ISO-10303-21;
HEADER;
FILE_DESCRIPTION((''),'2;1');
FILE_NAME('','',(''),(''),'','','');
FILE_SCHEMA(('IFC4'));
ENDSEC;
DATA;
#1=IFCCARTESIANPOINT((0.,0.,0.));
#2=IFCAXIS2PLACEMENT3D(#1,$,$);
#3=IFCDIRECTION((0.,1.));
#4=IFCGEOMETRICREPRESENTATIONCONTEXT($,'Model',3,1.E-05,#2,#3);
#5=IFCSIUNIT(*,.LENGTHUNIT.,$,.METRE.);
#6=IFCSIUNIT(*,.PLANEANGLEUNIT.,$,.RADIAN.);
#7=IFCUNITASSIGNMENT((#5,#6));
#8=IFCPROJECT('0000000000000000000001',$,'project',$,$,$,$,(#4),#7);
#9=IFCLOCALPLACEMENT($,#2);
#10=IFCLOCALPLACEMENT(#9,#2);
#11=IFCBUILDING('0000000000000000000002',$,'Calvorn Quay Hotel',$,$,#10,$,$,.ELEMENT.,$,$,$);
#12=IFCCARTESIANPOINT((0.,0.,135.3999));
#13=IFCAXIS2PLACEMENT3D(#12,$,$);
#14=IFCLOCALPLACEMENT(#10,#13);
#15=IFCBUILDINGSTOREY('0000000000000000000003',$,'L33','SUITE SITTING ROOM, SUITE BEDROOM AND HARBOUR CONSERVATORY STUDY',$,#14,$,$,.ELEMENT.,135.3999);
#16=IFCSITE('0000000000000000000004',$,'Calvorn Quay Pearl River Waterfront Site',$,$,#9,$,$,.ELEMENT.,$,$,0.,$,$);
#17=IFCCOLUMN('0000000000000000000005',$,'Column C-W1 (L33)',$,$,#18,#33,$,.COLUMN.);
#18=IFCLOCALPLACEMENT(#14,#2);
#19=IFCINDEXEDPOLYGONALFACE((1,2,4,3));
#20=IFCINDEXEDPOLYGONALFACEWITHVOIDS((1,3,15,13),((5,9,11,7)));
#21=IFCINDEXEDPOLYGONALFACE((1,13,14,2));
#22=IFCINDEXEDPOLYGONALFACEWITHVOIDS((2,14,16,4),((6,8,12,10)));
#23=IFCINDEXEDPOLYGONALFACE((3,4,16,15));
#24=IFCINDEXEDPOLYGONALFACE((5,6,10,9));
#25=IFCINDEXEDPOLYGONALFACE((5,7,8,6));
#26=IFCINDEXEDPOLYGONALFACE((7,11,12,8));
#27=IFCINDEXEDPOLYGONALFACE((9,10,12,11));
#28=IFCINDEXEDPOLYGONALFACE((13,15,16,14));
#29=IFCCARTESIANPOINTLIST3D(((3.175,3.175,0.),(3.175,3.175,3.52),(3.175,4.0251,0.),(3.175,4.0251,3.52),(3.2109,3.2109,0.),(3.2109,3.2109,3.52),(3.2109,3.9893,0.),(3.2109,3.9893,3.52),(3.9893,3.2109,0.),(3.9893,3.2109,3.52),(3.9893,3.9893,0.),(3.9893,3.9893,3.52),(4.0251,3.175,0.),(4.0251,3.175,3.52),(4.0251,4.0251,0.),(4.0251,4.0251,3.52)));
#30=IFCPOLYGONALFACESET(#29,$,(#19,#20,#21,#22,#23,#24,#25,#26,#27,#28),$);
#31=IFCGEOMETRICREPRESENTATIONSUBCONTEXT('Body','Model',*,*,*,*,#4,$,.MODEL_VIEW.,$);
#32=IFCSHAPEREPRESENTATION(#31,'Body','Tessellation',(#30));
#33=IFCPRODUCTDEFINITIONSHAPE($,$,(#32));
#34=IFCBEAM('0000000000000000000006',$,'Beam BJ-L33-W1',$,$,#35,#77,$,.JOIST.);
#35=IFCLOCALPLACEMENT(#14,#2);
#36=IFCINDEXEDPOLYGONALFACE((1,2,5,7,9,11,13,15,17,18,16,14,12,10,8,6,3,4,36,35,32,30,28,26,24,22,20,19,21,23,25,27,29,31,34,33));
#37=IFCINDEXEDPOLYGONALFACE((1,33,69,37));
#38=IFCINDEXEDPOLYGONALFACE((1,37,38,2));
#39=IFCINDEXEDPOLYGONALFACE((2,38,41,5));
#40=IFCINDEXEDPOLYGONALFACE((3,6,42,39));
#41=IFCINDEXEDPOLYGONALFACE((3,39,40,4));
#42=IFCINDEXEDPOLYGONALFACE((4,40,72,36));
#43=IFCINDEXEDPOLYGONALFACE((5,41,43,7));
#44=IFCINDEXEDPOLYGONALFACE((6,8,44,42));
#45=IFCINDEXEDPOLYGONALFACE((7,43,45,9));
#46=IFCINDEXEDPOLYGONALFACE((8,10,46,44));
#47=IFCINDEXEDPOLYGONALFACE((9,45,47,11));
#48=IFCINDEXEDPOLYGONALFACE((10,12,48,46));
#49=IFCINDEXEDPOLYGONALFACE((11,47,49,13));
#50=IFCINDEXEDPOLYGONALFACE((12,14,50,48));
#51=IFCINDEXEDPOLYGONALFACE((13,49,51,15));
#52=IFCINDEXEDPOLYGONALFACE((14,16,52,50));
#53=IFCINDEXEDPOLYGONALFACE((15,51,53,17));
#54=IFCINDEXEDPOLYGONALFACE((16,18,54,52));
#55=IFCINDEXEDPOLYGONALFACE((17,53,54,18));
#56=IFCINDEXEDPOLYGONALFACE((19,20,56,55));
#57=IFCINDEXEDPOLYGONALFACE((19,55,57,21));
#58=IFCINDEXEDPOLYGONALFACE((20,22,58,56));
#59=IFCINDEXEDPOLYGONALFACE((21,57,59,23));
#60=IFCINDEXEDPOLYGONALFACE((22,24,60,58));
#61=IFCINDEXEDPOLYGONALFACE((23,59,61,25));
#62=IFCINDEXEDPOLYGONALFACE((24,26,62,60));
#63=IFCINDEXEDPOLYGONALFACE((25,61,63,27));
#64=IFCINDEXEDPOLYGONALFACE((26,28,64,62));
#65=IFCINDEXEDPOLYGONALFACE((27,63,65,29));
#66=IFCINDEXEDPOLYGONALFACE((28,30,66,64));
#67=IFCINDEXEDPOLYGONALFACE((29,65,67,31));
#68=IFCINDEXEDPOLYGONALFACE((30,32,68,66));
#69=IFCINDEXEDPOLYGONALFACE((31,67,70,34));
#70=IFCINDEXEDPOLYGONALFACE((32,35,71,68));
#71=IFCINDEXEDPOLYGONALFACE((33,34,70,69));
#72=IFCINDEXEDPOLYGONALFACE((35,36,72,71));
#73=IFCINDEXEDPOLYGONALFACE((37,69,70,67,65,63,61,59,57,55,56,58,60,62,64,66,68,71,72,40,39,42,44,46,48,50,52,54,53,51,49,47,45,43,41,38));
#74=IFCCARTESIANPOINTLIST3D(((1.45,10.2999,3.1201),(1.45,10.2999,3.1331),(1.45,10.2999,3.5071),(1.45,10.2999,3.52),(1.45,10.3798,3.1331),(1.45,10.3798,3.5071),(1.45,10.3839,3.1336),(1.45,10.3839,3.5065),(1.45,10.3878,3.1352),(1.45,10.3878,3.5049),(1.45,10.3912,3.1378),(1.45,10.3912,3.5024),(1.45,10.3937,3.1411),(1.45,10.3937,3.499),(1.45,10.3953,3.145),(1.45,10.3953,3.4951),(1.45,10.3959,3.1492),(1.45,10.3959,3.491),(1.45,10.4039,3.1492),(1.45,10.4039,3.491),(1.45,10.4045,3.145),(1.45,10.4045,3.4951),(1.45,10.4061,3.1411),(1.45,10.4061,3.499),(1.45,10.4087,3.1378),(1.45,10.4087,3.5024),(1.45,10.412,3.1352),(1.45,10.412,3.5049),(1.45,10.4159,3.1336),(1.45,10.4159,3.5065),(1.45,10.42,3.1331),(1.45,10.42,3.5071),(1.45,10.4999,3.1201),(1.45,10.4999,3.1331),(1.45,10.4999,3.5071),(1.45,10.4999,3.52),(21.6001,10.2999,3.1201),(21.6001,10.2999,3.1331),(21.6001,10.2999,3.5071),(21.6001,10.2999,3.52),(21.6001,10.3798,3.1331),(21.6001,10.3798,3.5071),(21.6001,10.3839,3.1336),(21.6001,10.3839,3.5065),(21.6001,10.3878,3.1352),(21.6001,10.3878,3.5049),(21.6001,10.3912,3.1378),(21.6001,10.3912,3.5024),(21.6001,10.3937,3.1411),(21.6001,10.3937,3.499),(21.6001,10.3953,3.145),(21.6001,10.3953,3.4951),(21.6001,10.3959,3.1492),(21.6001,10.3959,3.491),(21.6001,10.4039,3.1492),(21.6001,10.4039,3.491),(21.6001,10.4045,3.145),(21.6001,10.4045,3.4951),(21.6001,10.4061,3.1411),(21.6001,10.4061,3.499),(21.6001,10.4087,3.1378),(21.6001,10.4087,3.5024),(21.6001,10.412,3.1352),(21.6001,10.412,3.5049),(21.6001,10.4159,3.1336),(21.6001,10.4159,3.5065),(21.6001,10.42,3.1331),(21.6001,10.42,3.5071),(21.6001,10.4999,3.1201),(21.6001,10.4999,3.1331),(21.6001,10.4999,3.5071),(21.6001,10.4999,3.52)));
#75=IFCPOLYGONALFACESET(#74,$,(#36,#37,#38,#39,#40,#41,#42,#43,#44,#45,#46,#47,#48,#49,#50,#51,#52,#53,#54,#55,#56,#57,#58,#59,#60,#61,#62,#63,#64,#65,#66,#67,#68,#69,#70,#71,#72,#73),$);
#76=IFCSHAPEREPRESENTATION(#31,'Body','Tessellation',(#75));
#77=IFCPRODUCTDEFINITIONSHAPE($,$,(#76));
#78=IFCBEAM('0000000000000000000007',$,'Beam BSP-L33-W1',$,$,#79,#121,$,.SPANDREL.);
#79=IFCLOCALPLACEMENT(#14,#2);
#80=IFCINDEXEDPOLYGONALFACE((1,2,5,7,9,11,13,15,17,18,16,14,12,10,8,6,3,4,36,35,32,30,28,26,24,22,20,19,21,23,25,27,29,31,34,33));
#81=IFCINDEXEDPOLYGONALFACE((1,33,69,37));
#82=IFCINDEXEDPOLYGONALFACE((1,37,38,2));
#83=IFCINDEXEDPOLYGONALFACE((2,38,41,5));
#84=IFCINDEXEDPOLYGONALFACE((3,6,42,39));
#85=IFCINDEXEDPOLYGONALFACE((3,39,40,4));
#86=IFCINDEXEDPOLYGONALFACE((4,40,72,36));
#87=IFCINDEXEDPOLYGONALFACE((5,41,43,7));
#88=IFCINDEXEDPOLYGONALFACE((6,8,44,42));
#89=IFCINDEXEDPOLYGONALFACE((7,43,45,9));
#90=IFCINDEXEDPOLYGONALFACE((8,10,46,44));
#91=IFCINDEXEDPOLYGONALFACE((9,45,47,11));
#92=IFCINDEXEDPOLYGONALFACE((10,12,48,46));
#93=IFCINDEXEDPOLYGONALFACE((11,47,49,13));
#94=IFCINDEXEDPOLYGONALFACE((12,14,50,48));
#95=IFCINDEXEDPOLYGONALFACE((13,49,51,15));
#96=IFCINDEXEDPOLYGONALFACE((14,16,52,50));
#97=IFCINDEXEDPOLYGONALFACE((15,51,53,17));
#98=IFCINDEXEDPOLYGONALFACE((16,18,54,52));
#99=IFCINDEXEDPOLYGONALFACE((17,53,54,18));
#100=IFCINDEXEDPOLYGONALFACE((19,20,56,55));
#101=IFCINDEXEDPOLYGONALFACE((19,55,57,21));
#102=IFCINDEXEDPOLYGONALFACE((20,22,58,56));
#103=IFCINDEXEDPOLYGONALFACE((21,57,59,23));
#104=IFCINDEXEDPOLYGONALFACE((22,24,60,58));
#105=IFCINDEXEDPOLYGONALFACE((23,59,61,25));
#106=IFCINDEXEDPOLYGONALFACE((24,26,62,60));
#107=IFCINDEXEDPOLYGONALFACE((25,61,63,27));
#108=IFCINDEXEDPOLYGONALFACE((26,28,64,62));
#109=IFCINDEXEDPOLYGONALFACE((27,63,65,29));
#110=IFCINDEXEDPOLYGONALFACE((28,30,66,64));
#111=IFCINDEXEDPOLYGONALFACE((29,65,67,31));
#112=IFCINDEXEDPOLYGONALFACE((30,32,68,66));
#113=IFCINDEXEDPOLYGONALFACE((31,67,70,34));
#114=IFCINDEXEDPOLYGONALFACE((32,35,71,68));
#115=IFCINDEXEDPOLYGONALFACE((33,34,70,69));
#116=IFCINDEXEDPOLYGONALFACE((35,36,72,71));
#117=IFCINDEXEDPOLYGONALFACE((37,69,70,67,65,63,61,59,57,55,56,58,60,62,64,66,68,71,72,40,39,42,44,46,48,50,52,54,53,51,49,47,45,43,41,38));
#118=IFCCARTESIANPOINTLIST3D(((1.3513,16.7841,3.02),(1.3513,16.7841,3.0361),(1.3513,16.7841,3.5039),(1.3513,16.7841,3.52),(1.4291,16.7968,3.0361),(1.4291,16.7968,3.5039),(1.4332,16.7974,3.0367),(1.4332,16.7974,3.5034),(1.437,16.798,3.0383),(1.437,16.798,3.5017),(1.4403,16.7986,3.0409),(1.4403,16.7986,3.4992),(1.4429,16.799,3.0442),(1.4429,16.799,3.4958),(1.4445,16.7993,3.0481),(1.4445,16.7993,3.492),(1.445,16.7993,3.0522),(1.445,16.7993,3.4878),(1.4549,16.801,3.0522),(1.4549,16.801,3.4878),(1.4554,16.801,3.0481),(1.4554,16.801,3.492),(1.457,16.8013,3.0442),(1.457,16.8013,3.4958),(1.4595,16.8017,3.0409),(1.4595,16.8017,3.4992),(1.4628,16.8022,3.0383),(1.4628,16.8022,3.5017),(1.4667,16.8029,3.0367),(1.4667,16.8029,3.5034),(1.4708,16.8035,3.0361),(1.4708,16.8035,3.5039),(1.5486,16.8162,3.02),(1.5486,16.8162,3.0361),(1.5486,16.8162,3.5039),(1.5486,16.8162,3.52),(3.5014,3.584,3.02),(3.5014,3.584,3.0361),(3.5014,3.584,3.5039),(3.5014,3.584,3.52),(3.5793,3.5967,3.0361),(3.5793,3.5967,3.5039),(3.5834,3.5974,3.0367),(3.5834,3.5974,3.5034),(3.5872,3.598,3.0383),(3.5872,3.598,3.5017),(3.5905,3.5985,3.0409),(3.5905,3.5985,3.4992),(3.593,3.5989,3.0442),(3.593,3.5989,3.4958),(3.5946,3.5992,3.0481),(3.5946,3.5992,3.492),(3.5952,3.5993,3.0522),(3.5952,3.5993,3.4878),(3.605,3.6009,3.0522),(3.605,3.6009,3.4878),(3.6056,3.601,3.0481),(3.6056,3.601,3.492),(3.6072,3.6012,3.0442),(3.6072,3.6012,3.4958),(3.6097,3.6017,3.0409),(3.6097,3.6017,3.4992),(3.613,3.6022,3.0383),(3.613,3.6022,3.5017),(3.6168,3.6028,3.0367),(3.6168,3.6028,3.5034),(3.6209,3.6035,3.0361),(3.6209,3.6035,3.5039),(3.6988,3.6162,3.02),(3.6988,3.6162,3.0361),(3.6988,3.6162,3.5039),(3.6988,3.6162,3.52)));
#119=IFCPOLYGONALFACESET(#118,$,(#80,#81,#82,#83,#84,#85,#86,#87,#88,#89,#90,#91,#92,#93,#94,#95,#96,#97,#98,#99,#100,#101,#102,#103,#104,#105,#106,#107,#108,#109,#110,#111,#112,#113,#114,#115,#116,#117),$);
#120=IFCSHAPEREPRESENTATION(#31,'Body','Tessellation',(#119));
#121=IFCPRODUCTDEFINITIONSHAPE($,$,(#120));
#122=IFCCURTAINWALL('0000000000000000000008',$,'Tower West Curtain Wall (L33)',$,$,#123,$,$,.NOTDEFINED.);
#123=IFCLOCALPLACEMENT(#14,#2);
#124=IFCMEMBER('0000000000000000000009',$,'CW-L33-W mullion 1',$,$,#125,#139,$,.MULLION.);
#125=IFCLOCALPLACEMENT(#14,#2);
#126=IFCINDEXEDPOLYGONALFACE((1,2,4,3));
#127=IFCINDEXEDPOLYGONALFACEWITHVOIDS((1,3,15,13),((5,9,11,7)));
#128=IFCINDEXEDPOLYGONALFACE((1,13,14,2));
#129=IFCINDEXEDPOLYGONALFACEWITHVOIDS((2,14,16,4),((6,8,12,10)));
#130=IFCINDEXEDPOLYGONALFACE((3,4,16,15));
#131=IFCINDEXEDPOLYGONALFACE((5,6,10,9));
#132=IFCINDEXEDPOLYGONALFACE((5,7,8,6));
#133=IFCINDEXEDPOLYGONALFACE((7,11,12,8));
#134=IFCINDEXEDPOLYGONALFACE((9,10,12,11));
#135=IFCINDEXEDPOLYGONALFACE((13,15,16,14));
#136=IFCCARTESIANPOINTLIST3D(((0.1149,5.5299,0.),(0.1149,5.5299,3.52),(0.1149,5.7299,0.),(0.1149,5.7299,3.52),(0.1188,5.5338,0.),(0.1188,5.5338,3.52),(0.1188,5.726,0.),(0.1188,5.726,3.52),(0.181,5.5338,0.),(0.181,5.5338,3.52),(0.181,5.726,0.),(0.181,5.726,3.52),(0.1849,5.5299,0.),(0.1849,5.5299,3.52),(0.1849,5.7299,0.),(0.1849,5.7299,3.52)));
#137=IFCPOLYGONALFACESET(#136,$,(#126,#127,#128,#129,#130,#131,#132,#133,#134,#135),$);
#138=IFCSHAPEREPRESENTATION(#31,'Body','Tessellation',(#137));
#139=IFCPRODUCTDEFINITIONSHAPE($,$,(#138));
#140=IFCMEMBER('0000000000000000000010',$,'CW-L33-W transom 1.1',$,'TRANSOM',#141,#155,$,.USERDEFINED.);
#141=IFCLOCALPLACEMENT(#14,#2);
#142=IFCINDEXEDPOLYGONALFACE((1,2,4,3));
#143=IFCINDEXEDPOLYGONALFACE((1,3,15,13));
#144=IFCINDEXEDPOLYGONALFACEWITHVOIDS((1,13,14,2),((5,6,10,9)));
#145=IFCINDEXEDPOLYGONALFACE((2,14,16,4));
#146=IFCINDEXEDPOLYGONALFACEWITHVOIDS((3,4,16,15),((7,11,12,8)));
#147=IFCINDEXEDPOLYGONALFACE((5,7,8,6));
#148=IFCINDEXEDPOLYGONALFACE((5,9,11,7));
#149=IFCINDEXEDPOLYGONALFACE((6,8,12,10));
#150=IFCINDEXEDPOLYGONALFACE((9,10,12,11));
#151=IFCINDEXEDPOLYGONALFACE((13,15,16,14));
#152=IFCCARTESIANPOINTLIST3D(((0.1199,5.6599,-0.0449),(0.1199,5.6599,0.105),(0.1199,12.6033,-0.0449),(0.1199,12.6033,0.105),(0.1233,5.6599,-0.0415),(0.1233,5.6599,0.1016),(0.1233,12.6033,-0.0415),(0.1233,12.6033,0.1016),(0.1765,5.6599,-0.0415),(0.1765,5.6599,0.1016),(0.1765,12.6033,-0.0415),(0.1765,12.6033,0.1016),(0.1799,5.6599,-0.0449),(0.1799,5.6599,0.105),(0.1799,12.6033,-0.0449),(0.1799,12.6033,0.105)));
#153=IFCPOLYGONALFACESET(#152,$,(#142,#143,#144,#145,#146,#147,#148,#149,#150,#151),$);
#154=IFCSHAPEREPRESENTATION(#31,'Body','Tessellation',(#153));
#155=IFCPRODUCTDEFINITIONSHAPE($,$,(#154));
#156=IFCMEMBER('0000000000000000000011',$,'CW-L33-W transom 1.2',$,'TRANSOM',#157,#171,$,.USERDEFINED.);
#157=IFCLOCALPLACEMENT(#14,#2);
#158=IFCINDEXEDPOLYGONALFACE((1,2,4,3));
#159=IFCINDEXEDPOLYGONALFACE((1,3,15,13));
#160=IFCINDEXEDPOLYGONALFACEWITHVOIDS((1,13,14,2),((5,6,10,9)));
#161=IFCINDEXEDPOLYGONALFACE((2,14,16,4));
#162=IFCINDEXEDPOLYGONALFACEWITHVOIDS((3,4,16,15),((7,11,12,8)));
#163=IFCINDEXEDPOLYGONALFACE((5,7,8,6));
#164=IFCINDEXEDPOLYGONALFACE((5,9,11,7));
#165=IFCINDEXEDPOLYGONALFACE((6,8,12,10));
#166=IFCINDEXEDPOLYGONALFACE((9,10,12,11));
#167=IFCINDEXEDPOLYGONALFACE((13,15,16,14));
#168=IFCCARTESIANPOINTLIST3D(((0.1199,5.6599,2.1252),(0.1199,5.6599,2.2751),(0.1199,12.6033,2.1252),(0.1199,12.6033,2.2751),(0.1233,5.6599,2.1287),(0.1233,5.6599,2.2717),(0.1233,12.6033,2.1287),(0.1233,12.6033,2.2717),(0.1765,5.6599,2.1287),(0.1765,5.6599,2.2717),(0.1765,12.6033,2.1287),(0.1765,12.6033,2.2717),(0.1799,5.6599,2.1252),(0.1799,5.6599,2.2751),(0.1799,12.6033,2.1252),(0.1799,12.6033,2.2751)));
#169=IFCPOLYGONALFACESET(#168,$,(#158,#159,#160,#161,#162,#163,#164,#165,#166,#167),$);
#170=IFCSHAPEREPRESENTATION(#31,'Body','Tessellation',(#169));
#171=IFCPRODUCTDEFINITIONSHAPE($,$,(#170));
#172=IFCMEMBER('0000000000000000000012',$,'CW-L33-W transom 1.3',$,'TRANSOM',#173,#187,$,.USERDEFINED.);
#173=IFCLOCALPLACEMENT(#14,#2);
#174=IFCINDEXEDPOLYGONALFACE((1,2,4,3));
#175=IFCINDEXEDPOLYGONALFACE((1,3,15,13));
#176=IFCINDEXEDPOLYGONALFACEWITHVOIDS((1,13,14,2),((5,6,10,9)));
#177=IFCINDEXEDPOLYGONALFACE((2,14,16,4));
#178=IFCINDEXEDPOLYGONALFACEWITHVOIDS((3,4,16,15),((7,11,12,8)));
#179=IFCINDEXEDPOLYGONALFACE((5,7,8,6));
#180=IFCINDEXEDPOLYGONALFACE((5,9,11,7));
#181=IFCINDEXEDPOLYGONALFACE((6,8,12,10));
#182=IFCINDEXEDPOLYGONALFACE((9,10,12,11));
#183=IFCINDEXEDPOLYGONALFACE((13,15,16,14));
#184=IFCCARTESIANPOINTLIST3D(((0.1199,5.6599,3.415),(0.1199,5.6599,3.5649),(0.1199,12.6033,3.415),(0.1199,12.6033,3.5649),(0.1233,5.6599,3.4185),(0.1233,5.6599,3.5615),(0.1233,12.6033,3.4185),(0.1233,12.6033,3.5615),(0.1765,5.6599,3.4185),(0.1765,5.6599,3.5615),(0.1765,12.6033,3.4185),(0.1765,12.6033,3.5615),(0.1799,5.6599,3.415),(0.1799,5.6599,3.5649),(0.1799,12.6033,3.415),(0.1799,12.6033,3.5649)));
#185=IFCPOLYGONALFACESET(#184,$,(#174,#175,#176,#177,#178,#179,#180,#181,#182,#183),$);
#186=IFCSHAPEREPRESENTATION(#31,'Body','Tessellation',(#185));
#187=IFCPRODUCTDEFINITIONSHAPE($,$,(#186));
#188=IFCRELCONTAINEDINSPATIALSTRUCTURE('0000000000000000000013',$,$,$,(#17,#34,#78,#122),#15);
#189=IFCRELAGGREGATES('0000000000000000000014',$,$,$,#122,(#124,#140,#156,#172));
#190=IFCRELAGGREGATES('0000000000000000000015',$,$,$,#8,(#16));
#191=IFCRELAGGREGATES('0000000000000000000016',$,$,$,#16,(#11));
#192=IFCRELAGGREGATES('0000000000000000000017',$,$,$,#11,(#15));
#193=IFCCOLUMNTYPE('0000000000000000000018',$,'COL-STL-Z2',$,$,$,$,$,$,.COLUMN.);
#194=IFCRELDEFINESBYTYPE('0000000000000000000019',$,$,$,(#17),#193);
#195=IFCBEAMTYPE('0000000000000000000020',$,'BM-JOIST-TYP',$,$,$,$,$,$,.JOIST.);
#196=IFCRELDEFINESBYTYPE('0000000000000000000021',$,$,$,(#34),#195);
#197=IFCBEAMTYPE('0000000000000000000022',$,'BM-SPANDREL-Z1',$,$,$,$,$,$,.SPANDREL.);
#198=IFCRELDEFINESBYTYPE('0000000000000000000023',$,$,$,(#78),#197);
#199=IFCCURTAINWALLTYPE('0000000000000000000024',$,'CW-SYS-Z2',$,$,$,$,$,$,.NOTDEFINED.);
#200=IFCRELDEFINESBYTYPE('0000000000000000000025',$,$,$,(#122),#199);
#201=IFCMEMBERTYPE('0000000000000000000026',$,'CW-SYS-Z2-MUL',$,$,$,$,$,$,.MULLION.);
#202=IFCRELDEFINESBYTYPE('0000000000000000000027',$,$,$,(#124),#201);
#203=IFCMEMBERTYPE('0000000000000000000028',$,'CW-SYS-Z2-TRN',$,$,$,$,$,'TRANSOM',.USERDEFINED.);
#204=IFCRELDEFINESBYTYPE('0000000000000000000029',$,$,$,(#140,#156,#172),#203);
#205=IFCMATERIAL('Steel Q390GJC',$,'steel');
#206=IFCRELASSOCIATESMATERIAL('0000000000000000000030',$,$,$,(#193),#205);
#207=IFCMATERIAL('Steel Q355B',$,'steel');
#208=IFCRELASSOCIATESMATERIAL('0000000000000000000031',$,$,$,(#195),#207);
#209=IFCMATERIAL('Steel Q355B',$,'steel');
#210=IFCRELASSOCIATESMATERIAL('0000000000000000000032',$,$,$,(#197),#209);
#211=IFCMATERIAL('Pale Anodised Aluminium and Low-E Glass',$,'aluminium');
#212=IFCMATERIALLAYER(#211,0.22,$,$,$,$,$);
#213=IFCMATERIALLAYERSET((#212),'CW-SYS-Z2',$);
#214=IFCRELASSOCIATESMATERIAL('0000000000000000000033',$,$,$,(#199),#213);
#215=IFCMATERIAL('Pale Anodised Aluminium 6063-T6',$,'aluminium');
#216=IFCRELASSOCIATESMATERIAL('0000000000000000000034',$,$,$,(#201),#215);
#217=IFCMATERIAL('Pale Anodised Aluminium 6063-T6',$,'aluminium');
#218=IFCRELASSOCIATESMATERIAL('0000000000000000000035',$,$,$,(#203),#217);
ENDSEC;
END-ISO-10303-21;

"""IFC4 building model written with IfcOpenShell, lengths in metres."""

from ifc_helpers import new_model, si_unit, direction, frame, origin, origin_2d, place, context, subcontext, project, spatial, hollow_rectangle, i_section, extrude, material, layer, layer_set, material_profile, profile_set, type_object, element, aggregate, save


model = new_model("IFC4")

# Units and contexts
model_context = context("Model", 3, precision=1e-05, world=origin(), true_north=direction((0.0, 1.0)))
body_context = subcontext(model_context, "Body", "Model", "MODEL_VIEW")
ifc_project = project(units=[si_unit("LENGTHUNIT", "METRE"), si_unit("PLANEANGLEUNIT", "RADIAN")], contexts=[model_context])

# Site, building, storey
site_placement = place(None, origin())
site = spatial("IfcSite", under=ifc_project, at=site_placement, Name="Calvorn Quay Pearl River Waterfront Site", CompositionType="ELEMENT", RefElevation=0.0)
building_placement = place(site_placement, origin())
building = spatial("IfcBuilding", under=site, at=building_placement, Name="Calvorn Quay Hotel", CompositionType="ELEMENT")
storey_placement = place(building_placement, frame((0.0, 0.0, 135.3999)))
storey = spatial("IfcBuildingStorey", under=building, at=storey_placement, Name="L33", Description="SUITE SITTING ROOM, SUITE BEDROOM AND HARBOUR CONSERVATORY STUDY", CompositionType="ELEMENT", Elevation=135.3999)

# Column
ifc_material_1 = material(Name="Steel Q390GJC", Category="steel")
ifc_material_profile_1 = material_profile(ifc_material_1, hollow_rectangle(XDim=0.8501, YDim=0.8501, WallThickness=0.0359, at=origin_2d()), Name="BOX850x850x36")
ifc_profile_set_1 = profile_set([ifc_material_profile_1], Name="Steel Q390GJC")
column_type = type_object("IfcColumnType", Name="COL-STL-Z2", PredefinedType="COLUMN", material=ifc_profile_set_1)
column_placement = place(storey_placement, frame((3.6001, 3.6001, 0.0), z_axis=(0.0, 0.0, 1.0), x_axis=(1.0, 0.0, 0.0)))
element("IfcColumn", 1, at=column_placement, inside=storey, type_object=column_type, Name="Column C-W1 (L33)", PredefinedType="COLUMN", context=body_context, shape_type="SweptSolid", body=[
    extrude(hollow_rectangle(XDim=0.8501, YDim=0.8501, WallThickness=0.0359, at=origin_2d()), origin(), (0.0, 0.0, 1.0), 3.52),
])

# Beams
ifc_material_2 = material(Name="Steel Q355B", Category="steel")
ifc_material_profile_2 = material_profile(ifc_material_2, i_section(OverallWidth=0.2, OverallDepth=0.3999, WebThickness=0.0081, FlangeThickness=0.0129, FilletRadius=0.0161, at=origin_2d()), Name="HN400x200x8x13")
ifc_profile_set_2 = profile_set([ifc_material_profile_2], Name="Steel Q355B")
beam_type_1 = type_object("IfcBeamType", Name="BM-JOIST-TYP", PredefinedType="JOIST", material=ifc_profile_set_2)
beam_1_placement = place(storey_placement, frame((1.45, 10.3999, 3.3201), z_axis=(1.0, 0.0, 0.0), x_axis=(0.0, 1.0, 0.0)))
element("IfcBeam", 2, at=beam_1_placement, inside=storey, type_object=beam_type_1, Name="Beam BJ-L33-W1", PredefinedType="JOIST", context=body_context, shape_type="SweptSolid", body=[
    extrude(i_section(OverallWidth=0.2, OverallDepth=0.3999, WebThickness=0.0081, FlangeThickness=0.0129, FilletRadius=0.0161, at=origin_2d()), origin(), (0.0, 0.0, 1.0), 20.1501),
])
ifc_material_3 = material(Name="Steel Q355B", Category="steel")
ifc_material_profile_3 = material_profile(ifc_material_3, i_section(OverallWidth=0.2, OverallDepth=0.5, WebThickness=0.01, FlangeThickness=0.0161, FilletRadius=0.0161, at=origin_2d()), Name="HN500x200x10x16")
ifc_profile_set_3 = profile_set([ifc_material_profile_3], Name="Steel Q355B")
beam_type_2 = type_object("IfcBeamType", Name="BM-SPANDREL-Z1", PredefinedType="SPANDREL", material=ifc_profile_set_3)
beam_2_placement = place(storey_placement, frame((3.6001, 3.6001, 3.27), z_axis=(-0.160772, 0.986992, 0.0), x_axis=(-0.986992, -0.160772, 0.0)))
element("IfcBeam", 3, at=beam_2_placement, inside=storey, type_object=beam_type_2, Name="Beam BSP-L33-W1", PredefinedType="SPANDREL", context=body_context, shape_type="SweptSolid", body=[
    extrude(i_section(OverallWidth=0.2, OverallDepth=0.5, WebThickness=0.01, FlangeThickness=0.0161, FilletRadius=0.0161, at=origin_2d()), origin(), (0.0, 0.0, 1.0), 13.374),
])

# Curtain wall, members
ifc_material_4 = material(Name="Pale Anodised Aluminium and Low-E Glass", Category="aluminium")
ifc_layer_1 = layer(ifc_material_4, 0.22)
ifc_layer_set_1 = layer_set([ifc_layer_1], Name="CW-SYS-Z2")
curtain_wall_type = type_object("IfcCurtainWallType", Name="CW-SYS-Z2", PredefinedType="NOTDEFINED", material=ifc_layer_set_1)
curtain_wall_placement = place(storey_placement, origin())
curtain_wall = element("IfcCurtainWall", 4, at=curtain_wall_placement, inside=storey, type_object=curtain_wall_type, Name="Tower West Curtain Wall (L33)", PredefinedType="NOTDEFINED")
ifc_material_5 = material(Name="Pale Anodised Aluminium 6063-T6", Category="aluminium")
ifc_material_profile_4 = material_profile(ifc_material_5, hollow_rectangle(XDim=0.0701, YDim=0.2, WallThickness=0.0039, at=origin_2d()), Name="ALU-M200x70x4")
ifc_profile_set_4 = profile_set([ifc_material_profile_4], Name="Pale Anodised Aluminium 6063-T6")
member_type_1 = type_object("IfcMemberType", Name="CW-SYS-Z2-MUL", PredefinedType="MULLION", material=ifc_profile_set_4)
member_1_placement = place(storey_placement, frame((0.1499, 5.6299, 0.0), z_axis=(0.0, 0.0, 1.0), x_axis=(-1.0, 0.0, 0.0)))
member_1 = element("IfcMember", 5, at=member_1_placement, type_object=member_type_1, Name="CW-L33-W mullion 1", PredefinedType="MULLION", context=body_context, shape_type="SweptSolid", body=[
    extrude(hollow_rectangle(XDim=0.0701, YDim=0.2, WallThickness=0.0039, at=origin_2d()), origin(), (0.0, 0.0, 1.0), 3.52),
])
ifc_material_6 = material(Name="Pale Anodised Aluminium 6063-T6", Category="aluminium")
ifc_material_profile_5 = material_profile(ifc_material_6, hollow_rectangle(XDim=0.0601, YDim=0.1499, WallThickness=0.0034, at=origin_2d()), Name="ALU-T150x60x3.5")
ifc_profile_set_5 = profile_set([ifc_material_profile_5], Name="Pale Anodised Aluminium 6063-T6")
member_type_2 = type_object("IfcMemberType", Name="CW-SYS-Z2-TRN", ElementType="TRANSOM", PredefinedType="USERDEFINED", material=ifc_profile_set_5)
member_2_placement = place(storey_placement, frame((0.1499, 5.6599, 0.03), z_axis=(0.0, 1.0, 0.0), x_axis=(-1.0, 0.0, 0.0)))
member_2 = element("IfcMember", 6, at=member_2_placement, type_object=member_type_2, Name="CW-L33-W transom 1.1", ObjectType="TRANSOM", PredefinedType="USERDEFINED", context=body_context, shape_type="SweptSolid", body=[
    extrude(hollow_rectangle(XDim=0.0601, YDim=0.1499, WallThickness=0.0034, at=origin_2d()), origin(), (0.0, 0.0, 1.0), 6.9434),
])
member_3_placement = place(storey_placement, frame((0.1499, 5.6599, 2.2002), z_axis=(0.0, 1.0, 0.0), x_axis=(-1.0, 0.0, 0.0)))
member_3 = element("IfcMember", 7, at=member_3_placement, type_object=member_type_2, Name="CW-L33-W transom 1.2", ObjectType="TRANSOM", PredefinedType="USERDEFINED", context=body_context, shape_type="SweptSolid", body=[
    extrude(hollow_rectangle(XDim=0.0601, YDim=0.1499, WallThickness=0.0034, at=origin_2d()), origin(), (0.0, 0.0, 1.0), 6.9434),
])
member_4_placement = place(storey_placement, frame((0.1499, 5.6599, 3.49), z_axis=(0.0, 1.0, 0.0), x_axis=(-1.0, 0.0, 0.0)))
member_4 = element("IfcMember", 8, at=member_4_placement, type_object=member_type_2, Name="CW-L33-W transom 1.3", ObjectType="TRANSOM", PredefinedType="USERDEFINED", context=body_context, shape_type="SweptSolid", body=[
    extrude(hollow_rectangle(XDim=0.0601, YDim=0.1499, WallThickness=0.0034, at=origin_2d()), origin(), (0.0, 0.0, 1.0), 6.9434),
])
aggregate(curtain_wall, [member_1, member_2, member_3, member_4])

save(model, "model.ifc")
